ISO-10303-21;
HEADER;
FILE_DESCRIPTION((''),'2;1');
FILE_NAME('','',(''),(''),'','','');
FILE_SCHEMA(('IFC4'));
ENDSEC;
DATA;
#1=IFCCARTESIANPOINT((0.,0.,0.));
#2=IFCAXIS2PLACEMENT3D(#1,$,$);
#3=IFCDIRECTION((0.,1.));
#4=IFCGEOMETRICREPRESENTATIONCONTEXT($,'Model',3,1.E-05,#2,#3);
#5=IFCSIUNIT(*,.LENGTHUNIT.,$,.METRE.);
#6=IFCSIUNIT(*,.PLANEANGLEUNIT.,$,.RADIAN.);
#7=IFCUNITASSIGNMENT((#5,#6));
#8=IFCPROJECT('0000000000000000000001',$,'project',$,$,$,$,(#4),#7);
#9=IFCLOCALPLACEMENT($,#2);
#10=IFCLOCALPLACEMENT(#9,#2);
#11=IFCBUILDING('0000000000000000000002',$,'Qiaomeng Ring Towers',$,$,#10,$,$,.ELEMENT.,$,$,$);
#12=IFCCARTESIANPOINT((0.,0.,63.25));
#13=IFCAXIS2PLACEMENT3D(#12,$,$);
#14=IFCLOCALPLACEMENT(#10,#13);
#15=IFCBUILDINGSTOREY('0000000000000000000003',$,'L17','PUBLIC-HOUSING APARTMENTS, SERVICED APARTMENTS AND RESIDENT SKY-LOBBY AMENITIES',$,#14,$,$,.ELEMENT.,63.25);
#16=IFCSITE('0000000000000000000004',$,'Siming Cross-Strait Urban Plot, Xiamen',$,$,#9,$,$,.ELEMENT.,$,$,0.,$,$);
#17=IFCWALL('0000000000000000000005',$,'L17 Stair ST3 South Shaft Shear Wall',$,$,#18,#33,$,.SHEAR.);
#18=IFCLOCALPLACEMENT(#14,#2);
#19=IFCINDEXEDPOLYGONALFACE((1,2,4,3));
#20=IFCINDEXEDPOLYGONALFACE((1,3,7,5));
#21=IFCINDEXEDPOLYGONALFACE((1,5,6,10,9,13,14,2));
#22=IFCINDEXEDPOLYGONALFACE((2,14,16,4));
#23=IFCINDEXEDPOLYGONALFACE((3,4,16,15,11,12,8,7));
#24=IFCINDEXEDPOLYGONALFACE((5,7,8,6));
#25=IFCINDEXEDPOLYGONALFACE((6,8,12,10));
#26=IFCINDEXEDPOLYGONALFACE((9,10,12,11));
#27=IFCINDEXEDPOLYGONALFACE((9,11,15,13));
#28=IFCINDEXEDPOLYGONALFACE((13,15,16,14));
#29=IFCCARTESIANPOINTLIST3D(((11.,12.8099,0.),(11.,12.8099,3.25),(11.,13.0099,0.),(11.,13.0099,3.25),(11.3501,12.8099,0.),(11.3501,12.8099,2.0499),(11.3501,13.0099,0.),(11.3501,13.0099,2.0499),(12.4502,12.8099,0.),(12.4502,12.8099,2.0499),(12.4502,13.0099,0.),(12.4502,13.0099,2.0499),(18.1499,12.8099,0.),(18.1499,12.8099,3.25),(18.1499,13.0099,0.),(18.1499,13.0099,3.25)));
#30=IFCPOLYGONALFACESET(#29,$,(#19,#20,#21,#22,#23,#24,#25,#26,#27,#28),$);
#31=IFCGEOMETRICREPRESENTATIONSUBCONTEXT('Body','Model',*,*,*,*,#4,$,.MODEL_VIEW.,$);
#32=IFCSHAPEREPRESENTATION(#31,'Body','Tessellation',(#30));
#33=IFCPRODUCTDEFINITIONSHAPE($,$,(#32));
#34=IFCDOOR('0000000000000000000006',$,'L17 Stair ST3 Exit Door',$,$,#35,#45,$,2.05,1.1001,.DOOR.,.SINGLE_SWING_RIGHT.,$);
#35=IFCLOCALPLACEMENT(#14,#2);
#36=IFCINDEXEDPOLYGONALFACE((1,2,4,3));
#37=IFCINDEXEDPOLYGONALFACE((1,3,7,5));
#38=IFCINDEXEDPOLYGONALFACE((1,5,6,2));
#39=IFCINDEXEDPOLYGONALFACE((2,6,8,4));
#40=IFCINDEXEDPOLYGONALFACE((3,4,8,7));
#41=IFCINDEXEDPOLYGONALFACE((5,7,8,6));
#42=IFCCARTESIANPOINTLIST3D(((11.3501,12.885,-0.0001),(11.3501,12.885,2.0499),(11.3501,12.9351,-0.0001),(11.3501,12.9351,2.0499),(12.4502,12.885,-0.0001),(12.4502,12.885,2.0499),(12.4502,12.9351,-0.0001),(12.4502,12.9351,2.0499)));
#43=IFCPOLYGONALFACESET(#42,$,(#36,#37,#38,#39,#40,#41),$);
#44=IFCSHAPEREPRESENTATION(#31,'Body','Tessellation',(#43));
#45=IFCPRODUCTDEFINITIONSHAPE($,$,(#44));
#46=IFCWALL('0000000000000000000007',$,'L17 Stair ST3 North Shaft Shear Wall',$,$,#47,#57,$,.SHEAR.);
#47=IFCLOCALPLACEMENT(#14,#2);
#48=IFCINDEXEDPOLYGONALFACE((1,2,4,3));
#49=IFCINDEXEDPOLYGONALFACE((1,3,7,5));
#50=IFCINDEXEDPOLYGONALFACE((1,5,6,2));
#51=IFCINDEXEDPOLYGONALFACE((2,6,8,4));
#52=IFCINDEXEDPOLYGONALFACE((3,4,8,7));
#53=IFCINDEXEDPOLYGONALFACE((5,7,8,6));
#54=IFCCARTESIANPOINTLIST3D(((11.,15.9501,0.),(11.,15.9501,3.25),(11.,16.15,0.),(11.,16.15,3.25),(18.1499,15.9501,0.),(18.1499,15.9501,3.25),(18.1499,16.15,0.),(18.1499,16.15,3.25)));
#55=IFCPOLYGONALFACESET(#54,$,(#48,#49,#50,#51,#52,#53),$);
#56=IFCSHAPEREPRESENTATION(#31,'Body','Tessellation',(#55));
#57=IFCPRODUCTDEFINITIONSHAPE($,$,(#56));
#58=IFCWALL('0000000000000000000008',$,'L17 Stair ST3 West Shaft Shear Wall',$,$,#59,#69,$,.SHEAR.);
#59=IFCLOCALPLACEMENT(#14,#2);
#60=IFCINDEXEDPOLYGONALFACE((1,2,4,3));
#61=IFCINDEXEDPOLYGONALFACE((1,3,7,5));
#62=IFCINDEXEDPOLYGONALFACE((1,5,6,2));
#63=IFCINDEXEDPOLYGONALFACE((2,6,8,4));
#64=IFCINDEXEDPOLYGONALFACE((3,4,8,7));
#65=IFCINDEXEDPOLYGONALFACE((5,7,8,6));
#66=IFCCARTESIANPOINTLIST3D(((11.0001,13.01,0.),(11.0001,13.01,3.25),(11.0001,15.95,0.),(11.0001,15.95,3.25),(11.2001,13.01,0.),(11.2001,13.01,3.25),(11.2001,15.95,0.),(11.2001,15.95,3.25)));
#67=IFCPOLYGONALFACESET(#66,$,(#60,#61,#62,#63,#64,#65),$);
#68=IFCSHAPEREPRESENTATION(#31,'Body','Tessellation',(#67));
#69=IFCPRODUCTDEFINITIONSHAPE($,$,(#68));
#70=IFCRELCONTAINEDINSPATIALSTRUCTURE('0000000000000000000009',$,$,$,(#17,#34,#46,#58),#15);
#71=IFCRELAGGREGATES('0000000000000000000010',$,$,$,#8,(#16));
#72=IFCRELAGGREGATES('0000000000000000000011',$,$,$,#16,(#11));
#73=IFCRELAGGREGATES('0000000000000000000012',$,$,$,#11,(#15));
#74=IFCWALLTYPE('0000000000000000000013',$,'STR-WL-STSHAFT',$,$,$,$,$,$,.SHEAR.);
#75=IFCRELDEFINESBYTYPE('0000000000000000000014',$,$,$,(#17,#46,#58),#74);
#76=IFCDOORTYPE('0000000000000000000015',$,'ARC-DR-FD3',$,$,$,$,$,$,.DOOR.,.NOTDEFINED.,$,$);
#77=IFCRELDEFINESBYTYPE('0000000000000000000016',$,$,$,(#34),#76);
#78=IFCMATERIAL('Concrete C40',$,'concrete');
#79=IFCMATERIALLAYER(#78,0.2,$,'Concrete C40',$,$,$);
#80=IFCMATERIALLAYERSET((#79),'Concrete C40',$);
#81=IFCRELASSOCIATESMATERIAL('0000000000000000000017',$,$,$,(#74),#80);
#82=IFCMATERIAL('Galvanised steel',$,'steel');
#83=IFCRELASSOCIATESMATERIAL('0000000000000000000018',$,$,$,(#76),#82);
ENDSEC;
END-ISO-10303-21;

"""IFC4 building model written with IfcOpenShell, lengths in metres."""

from ifc_helpers import new_model, si_unit, direction, frame, frame_2d, origin, place, context, subcontext, project, spatial, rectangle, extrude, source, transform, mapped, material, layer, layer_set, type_object, element, fill, save


model = new_model("IFC4")

# Units and contexts
model_context = context("Model", 3, precision=1e-05, world=origin(), true_north=direction((0.0, 1.0)))
body_context = subcontext(model_context, "Body", "Model", "MODEL_VIEW")
ifc_project = project(units=[si_unit("LENGTHUNIT", "METRE"), si_unit("PLANEANGLEUNIT", "RADIAN")], contexts=[model_context])

# Site, building, storey
site_placement = place(None, origin())
site = spatial("IfcSite", under=ifc_project, at=site_placement, Name="Siming Cross-Strait Urban Plot, Xiamen", CompositionType="ELEMENT", RefElevation=0.0)
building_placement = place(site_placement, origin())
building = spatial("IfcBuilding", under=site, at=building_placement, Name="Qiaomeng Ring Towers", CompositionType="ELEMENT")
storey_placement = place(building_placement, frame((0.0, 0.0, 63.25)))
storey = spatial("IfcBuildingStorey", under=building, at=storey_placement, Name="L17", Description="PUBLIC-HOUSING APARTMENTS, SERVICED APARTMENTS AND RESIDENT SKY-LOBBY AMENITIES", CompositionType="ELEMENT", Elevation=63.25)

# Wall, opening, door
ifc_material_1 = material(Name="Concrete C40", Category="concrete")
ifc_layer_1 = layer(ifc_material_1, 0.2, Name="Concrete C40")
ifc_layer_set_1 = layer_set([ifc_layer_1], Name="Concrete C40")
wall_type_1 = type_object("IfcWallType", Name="STR-WL-STSHAFT", PredefinedType="SHEAR", material=ifc_layer_set_1)
wall_1_placement = place(storey_placement, frame((11.0, 12.9099, 0.0), z_axis=(0.0, 0.0, 1.0), x_axis=(1.0, 0.0, 0.0)))
wall_1 = element("IfcWall", 1, at=wall_1_placement, inside=storey, type_object=wall_type_1, Name="L17 Stair ST3 South Shaft Shear Wall", PredefinedType="SHEAR", context=body_context, shape_type="SweptSolid", body=[
    extrude(rectangle(XDim=7.1499, YDim=0.2, at=frame_2d((3.575, 0.0))), origin(), (0.0, 0.0, 1.0), 3.25),
])
opening_1_placement = place(wall_1_placement, frame((0.3501, 0.0, 0.0)))
opening_1 = element("IfcOpeningElement", 2, at=opening_1_placement, cuts=wall_1, PredefinedType="OPENING", context=body_context, shape_type="SweptSolid", body=[
    extrude(rectangle(XDim=1.1001, YDim=2.05, at=frame_2d((0.55, 1.0249))), frame((0.0, 0.1099, 0.0), z_axis=(0.0, -1.0, 0.0), x_axis=(1.0, 0.0, 0.0)), (0.0, 0.0, 1.0), 0.22),
])
ifc_material_2 = material(Name="Galvanised steel", Category="steel")
door_type_1 = type_object("IfcDoorType", Name="ARC-DR-FD3", OperationType="NOTDEFINED", PredefinedType="DOOR", material=ifc_material_2)
shared_shape_1 = source(origin(), body_context, "Body", "SweptSolid", [
    extrude(rectangle(XDim=1.1001, YDim=2.05, at=frame_2d((0.55, 1.0249))), frame((0.0, 0.0249, 0.0), z_axis=(0.0, -1.0, 0.0), x_axis=(1.0, 0.0, 0.0)), (0.0, 0.0, 1.0), 0.05),
])
door_1_placement = place(opening_1_placement, frame((1.1001, 0.0, 0.0), z_axis=(0.0, 0.0, 1.0), x_axis=(-1.0, 0.0, 0.0)))
door_1 = element("IfcDoor", 3, at=door_1_placement, inside=storey, type_object=door_type_1, Name="L17 Stair ST3 Exit Door", OperationType="SINGLE_SWING_RIGHT", OverallHeight=2.05, OverallWidth=1.1001, PredefinedType="DOOR", context=body_context, shape_type="MappedRepresentation", body=[
    mapped(shared_shape_1, transform((0.0, 0.0, 0.0), x_axis=(1.0, 0.0, 0.0), y_axis=(0.0, 1.0, 0.0), z_axis=(0.0, 0.0, 1.0), scale=1.0)),
])
fill(opening_1, door_1)

# Walls
wall_2_placement = place(storey_placement, frame((11.0, 16.05, 0.0), z_axis=(0.0, 0.0, 1.0), x_axis=(1.0, 0.0, 0.0)))
element("IfcWall", 4, at=wall_2_placement, inside=storey, type_object=wall_type_1, Name="L17 Stair ST3 North Shaft Shear Wall", PredefinedType="SHEAR", context=body_context, shape_type="SweptSolid", body=[
    extrude(rectangle(XDim=7.1499, YDim=0.2, at=frame_2d((3.575, 0.0))), origin(), (0.0, 0.0, 1.0), 3.25),
])
wall_3_placement = place(storey_placement, frame((11.1001, 13.01, 0.0), z_axis=(0.0, 0.0, 1.0), x_axis=(0.0, 1.0, 0.0)))
element("IfcWall", 5, at=wall_3_placement, inside=storey, type_object=wall_type_1, Name="L17 Stair ST3 West Shaft Shear Wall", PredefinedType="SHEAR", context=body_context, shape_type="SweptSolid", body=[
    extrude(rectangle(XDim=2.9399, YDim=0.2, at=frame_2d((1.47, 0.0))), origin(), (0.0, 0.0, 1.0), 3.25),
])

save(model, "model.ifc")
